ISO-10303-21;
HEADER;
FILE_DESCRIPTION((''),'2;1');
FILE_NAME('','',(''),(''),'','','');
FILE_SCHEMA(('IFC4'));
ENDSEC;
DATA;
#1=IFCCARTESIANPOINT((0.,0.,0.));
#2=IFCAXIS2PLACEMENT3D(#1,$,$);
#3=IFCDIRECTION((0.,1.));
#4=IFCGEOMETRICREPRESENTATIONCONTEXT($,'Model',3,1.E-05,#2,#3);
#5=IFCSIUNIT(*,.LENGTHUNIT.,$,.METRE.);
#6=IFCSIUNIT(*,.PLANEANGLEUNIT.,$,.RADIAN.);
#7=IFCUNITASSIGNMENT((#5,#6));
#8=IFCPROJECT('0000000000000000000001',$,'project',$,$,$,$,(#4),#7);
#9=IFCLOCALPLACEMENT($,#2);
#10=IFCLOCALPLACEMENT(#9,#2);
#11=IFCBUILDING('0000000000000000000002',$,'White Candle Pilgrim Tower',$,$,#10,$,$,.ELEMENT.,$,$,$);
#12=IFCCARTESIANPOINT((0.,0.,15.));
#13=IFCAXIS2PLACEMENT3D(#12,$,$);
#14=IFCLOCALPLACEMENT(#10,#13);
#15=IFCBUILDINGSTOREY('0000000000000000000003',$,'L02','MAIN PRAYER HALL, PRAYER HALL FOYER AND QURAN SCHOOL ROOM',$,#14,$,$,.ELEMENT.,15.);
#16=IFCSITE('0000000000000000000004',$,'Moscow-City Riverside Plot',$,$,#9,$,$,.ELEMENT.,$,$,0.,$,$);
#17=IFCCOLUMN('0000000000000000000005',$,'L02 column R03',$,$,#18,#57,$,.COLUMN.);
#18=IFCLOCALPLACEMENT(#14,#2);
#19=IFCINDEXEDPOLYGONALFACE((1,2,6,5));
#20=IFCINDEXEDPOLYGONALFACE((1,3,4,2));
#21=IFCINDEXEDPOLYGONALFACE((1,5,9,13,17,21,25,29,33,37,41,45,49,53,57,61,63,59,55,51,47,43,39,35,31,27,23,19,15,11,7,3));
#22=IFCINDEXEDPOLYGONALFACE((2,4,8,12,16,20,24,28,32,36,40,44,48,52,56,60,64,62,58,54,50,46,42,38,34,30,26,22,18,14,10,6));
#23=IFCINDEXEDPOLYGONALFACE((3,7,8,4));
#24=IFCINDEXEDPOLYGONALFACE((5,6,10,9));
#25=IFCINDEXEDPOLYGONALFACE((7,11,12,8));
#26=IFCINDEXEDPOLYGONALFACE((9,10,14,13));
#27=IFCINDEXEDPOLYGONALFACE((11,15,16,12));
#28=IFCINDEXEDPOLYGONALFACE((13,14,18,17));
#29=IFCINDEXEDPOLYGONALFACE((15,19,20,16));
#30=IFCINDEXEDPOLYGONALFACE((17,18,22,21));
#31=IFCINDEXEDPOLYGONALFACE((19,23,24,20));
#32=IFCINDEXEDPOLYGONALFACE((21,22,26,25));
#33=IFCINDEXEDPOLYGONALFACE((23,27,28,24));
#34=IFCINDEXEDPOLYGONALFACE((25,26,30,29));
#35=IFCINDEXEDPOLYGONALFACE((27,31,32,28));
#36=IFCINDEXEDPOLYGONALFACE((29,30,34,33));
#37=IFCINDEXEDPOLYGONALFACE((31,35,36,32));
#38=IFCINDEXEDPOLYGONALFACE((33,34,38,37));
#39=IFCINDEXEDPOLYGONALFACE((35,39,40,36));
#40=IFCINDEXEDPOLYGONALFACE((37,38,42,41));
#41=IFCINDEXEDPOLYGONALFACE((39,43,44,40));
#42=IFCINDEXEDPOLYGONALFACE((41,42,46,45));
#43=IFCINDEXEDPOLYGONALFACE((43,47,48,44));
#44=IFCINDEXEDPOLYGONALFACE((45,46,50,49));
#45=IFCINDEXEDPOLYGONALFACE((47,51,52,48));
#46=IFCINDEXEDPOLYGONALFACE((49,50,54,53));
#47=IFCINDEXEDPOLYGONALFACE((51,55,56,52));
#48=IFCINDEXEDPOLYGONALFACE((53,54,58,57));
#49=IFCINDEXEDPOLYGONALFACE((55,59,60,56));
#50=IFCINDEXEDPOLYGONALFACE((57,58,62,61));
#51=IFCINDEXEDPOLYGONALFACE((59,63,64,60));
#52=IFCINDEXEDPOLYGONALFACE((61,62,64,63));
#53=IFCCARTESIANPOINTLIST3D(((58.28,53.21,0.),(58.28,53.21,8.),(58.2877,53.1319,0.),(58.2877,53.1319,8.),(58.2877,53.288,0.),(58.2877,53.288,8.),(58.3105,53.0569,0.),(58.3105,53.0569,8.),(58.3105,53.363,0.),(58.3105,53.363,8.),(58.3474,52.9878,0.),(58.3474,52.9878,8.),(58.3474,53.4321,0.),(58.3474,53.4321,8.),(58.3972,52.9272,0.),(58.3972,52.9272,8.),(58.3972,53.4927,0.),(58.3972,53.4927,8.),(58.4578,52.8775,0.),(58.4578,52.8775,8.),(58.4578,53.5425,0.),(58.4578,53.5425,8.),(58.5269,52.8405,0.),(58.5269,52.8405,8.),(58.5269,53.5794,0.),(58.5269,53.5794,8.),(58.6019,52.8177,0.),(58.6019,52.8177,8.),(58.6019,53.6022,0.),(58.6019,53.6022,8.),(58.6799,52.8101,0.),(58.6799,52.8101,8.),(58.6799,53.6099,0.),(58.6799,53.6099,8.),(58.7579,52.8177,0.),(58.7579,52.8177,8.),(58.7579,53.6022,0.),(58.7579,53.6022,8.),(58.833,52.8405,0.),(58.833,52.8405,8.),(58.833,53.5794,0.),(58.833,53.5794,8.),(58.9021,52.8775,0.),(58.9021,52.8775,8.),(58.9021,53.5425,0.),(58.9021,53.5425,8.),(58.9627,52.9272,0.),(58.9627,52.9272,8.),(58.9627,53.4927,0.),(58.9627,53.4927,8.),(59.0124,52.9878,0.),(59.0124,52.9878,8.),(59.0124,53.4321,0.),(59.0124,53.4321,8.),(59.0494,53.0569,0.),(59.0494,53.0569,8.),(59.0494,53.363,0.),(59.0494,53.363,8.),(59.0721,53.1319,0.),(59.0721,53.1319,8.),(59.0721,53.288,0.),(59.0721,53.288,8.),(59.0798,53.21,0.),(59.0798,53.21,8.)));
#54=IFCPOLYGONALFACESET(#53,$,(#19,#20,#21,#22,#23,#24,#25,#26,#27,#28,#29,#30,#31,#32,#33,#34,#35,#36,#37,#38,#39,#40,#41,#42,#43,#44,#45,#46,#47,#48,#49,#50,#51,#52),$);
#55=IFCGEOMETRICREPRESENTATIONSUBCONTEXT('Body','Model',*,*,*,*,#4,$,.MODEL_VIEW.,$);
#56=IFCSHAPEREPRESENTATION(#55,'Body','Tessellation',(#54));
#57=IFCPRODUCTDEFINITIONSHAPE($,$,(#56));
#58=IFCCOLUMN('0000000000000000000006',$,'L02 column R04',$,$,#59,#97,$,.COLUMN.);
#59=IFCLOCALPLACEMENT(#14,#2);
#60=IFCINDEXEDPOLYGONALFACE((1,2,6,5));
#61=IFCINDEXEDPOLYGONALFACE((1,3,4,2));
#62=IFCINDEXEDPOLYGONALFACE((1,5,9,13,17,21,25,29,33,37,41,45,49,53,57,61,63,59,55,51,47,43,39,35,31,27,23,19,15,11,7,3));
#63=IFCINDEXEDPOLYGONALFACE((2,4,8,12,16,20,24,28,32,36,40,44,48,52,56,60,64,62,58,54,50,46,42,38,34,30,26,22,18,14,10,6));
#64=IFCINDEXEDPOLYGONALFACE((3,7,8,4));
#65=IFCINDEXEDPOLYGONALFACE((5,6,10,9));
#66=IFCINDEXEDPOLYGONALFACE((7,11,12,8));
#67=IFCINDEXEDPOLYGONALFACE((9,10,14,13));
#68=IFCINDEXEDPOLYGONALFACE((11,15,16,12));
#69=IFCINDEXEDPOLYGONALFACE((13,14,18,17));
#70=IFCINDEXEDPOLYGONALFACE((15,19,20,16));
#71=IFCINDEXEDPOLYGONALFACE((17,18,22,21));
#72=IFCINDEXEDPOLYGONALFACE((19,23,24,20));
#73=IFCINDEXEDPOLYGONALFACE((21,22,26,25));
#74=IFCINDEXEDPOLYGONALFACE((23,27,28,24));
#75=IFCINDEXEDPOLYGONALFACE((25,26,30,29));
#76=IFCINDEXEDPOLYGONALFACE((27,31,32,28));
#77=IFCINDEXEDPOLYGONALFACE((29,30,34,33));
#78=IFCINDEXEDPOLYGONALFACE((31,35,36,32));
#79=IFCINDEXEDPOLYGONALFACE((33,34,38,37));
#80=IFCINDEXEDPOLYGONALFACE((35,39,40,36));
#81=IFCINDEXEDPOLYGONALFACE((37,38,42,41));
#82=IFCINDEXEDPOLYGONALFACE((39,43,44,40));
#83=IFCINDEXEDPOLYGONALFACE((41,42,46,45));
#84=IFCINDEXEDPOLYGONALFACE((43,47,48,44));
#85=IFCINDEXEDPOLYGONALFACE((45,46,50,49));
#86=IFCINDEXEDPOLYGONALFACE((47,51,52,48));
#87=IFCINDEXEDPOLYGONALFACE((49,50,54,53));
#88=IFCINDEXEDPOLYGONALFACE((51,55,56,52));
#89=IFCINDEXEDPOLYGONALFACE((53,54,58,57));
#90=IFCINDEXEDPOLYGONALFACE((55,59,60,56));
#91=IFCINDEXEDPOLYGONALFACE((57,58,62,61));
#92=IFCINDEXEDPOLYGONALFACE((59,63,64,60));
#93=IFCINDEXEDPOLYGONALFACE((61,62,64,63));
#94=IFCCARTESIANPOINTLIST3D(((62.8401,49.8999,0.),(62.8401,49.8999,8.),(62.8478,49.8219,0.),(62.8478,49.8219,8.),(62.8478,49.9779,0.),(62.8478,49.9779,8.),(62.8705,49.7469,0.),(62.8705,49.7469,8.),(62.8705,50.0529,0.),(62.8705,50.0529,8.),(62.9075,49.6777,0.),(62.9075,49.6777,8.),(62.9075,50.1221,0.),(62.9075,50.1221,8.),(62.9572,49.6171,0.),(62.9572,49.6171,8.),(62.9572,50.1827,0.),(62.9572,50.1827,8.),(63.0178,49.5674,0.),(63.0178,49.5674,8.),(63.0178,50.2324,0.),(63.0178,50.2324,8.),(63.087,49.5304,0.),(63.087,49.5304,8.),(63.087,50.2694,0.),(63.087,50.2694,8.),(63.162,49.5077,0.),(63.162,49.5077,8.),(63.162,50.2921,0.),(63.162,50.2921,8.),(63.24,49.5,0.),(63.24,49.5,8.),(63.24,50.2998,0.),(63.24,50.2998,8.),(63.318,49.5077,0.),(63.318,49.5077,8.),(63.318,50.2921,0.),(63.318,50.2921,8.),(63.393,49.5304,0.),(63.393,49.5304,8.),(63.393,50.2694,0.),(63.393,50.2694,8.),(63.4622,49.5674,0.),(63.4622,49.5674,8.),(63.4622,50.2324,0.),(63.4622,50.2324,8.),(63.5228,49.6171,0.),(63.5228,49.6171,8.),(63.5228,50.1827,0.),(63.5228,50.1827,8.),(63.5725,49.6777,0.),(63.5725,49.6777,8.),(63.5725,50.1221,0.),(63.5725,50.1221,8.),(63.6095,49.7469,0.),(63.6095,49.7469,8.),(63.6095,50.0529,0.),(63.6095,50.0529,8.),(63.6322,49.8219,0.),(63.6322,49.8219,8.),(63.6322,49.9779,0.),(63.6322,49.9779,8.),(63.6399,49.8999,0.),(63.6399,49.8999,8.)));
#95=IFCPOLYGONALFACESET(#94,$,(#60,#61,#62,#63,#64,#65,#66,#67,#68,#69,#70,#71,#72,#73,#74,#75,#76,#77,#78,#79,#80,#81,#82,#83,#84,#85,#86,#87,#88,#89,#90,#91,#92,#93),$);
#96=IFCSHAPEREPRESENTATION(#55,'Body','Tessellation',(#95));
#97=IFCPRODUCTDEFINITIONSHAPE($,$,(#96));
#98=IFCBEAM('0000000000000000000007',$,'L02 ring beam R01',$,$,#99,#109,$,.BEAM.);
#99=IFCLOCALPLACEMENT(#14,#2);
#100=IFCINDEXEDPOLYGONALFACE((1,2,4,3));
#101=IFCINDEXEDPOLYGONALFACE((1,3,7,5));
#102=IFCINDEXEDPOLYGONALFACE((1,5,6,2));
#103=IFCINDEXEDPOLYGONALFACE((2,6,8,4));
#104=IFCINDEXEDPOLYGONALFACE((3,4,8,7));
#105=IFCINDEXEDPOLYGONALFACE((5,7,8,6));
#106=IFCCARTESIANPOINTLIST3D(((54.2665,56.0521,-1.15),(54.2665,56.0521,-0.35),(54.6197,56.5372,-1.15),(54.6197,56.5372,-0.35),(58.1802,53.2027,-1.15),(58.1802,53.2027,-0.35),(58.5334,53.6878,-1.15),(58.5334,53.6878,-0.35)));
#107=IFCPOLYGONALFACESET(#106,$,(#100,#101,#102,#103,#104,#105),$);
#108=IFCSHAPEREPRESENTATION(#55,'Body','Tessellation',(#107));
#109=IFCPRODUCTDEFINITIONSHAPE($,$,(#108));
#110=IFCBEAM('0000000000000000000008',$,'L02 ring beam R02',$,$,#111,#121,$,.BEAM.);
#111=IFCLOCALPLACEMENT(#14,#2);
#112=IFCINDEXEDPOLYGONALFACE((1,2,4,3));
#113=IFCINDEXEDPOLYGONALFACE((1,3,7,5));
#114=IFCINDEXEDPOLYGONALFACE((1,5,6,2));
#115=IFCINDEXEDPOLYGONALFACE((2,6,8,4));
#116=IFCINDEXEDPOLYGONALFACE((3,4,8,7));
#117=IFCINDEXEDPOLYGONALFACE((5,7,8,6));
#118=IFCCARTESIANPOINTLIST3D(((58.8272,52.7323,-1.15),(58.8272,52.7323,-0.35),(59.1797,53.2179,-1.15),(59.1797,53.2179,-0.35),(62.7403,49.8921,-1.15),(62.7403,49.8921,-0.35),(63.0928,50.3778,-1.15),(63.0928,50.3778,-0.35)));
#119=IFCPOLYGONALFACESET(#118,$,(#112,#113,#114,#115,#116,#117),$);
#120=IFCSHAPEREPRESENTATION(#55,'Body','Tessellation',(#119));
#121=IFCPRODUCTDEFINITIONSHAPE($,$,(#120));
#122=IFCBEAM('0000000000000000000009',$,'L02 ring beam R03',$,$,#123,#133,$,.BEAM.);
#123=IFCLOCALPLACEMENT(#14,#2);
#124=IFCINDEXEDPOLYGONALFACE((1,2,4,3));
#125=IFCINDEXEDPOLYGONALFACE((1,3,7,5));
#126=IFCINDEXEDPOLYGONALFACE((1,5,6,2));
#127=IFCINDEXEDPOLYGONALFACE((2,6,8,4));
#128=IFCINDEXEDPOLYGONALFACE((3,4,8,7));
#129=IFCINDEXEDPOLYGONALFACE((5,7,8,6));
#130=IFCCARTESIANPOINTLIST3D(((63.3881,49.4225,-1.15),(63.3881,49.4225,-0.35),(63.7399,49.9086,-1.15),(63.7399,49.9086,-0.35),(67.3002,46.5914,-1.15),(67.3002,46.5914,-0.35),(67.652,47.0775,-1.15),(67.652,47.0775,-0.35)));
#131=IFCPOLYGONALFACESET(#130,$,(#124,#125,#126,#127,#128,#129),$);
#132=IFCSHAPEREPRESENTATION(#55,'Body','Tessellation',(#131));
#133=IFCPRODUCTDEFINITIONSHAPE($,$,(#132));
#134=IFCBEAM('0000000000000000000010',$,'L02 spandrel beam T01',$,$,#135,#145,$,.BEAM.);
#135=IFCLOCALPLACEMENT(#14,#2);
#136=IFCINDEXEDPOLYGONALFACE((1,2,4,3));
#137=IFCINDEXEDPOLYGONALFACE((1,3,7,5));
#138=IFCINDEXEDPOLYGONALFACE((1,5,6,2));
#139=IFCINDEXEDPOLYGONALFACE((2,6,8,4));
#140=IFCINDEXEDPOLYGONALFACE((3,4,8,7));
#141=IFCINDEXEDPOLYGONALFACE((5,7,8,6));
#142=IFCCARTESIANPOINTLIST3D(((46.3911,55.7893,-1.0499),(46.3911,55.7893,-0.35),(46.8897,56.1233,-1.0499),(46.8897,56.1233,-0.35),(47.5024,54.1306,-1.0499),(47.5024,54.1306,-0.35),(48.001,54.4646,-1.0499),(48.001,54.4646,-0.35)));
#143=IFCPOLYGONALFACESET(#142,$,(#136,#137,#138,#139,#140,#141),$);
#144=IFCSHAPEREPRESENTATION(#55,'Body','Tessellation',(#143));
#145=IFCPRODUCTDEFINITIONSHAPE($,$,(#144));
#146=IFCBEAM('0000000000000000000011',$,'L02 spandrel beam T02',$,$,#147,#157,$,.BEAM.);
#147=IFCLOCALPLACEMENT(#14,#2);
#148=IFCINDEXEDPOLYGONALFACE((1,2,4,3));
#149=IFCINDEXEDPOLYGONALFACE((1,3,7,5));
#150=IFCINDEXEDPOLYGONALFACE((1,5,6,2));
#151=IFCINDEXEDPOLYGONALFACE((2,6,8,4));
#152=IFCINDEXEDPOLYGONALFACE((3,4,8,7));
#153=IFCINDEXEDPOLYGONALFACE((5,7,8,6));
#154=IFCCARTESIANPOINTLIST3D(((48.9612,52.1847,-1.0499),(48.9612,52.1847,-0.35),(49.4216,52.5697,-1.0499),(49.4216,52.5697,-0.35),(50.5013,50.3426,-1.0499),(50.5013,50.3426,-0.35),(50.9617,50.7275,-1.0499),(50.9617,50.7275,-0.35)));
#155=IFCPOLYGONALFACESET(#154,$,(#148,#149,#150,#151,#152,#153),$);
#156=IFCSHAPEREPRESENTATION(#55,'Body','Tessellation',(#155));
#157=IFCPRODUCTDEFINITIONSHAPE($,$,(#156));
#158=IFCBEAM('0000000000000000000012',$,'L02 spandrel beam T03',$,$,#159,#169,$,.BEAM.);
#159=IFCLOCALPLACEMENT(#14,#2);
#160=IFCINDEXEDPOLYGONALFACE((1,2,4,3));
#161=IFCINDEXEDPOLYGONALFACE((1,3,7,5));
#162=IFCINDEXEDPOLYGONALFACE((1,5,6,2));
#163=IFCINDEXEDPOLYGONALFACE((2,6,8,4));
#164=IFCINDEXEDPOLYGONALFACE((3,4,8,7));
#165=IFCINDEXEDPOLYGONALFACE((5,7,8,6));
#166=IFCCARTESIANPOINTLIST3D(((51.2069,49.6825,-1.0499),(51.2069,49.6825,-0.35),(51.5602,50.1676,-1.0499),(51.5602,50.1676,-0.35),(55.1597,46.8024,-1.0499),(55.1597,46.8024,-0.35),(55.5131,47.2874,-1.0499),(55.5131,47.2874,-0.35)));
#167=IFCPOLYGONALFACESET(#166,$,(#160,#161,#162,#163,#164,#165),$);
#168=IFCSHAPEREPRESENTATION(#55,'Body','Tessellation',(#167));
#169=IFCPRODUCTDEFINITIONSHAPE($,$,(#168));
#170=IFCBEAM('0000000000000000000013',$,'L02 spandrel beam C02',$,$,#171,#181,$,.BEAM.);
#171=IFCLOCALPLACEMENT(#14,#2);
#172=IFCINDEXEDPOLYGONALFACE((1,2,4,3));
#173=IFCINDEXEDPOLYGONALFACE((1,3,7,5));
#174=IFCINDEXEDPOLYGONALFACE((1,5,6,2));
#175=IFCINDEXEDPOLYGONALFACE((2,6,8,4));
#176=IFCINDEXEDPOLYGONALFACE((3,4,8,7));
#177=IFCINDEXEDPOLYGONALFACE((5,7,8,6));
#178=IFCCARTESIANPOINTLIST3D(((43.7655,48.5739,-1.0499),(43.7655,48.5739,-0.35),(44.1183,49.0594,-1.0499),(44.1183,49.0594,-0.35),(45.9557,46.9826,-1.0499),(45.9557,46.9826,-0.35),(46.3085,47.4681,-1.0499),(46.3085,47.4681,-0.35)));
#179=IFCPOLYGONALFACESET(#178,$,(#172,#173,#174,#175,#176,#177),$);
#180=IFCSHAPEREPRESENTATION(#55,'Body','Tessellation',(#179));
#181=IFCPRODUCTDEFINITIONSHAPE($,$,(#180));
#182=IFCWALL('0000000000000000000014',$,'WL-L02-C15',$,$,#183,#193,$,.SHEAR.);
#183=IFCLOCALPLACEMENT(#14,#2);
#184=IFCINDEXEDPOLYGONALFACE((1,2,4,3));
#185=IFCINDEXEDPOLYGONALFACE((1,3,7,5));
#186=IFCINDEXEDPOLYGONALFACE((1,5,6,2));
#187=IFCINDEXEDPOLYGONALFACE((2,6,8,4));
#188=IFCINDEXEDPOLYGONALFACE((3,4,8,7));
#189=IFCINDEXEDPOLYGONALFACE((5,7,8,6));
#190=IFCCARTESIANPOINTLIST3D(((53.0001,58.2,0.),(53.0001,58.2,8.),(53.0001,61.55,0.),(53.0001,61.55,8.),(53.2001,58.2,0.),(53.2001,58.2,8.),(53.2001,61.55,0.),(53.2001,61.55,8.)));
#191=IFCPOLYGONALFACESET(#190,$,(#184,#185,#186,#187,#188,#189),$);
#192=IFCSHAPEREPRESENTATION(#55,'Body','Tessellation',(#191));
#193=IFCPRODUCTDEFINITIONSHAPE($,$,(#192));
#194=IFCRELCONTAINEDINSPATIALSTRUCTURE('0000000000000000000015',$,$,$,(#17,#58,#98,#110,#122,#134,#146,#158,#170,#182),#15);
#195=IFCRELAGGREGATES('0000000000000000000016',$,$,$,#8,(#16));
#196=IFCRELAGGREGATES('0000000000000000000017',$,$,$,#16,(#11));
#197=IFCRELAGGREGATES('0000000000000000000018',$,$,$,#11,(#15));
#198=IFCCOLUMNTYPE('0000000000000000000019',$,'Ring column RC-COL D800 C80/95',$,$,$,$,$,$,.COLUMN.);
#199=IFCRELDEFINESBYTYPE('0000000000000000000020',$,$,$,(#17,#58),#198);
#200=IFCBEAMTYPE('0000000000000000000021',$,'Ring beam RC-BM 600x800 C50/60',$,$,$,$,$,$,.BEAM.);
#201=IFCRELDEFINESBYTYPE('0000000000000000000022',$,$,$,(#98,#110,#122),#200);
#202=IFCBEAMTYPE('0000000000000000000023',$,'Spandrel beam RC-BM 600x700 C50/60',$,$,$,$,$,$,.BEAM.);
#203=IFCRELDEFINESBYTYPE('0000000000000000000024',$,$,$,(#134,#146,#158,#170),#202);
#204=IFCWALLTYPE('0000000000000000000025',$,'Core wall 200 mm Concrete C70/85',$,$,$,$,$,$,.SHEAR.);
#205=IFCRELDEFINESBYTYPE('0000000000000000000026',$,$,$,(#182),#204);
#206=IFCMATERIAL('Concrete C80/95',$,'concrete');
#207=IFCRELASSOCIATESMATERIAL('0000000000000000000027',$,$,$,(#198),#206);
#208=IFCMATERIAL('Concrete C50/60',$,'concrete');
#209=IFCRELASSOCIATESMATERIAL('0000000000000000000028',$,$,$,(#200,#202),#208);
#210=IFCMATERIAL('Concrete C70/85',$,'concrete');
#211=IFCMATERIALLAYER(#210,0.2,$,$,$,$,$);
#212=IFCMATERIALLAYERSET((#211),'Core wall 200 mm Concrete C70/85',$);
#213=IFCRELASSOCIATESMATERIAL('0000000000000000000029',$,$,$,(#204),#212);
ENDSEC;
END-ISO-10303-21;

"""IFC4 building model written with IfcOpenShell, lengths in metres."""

from ifc_helpers import new_model, si_unit, direction, frame, frame_2d, origin, origin_2d, place, context, subcontext, project, spatial, rectangle, circle, extrude, material, layer, layer_set, material_profile, profile_set, type_object, element, save


model = new_model("IFC4")

# Units and contexts
model_context = context("Model", 3, precision=1e-05, world=origin(), true_north=direction((0.0, 1.0)))
body_context = subcontext(model_context, "Body", "Model", "MODEL_VIEW")
ifc_project = project(units=[si_unit("LENGTHUNIT", "METRE"), si_unit("PLANEANGLEUNIT", "RADIAN")], contexts=[model_context])

# Site, building, storey
site_placement = place(None, origin())
site = spatial("IfcSite", under=ifc_project, at=site_placement, Name="Moscow-City Riverside Plot", CompositionType="ELEMENT", RefElevation=0.0)
building_placement = place(site_placement, origin())
building = spatial("IfcBuilding", under=site, at=building_placement, Name="White Candle Pilgrim Tower", CompositionType="ELEMENT")
storey_placement = place(building_placement, frame((0.0, 0.0, 15.0)))
storey = spatial("IfcBuildingStorey", under=building, at=storey_placement, Name="L02", Description="MAIN PRAYER HALL, PRAYER HALL FOYER AND QURAN SCHOOL ROOM", CompositionType="ELEMENT", Elevation=15.0)

# Columns
ifc_material_1 = material(Name="Concrete C80/95", Category="concrete")
ifc_material_profile_1 = material_profile(ifc_material_1, circle(Radius=0.3999, at=origin_2d()), Name="RC-COL D800")
ifc_profile_set_1 = profile_set([ifc_material_profile_1], Name="Concrete C80/95")
column_type_1 = type_object("IfcColumnType", Name="Ring column RC-COL D800 C80/95", PredefinedType="COLUMN", material=ifc_profile_set_1)
for number, where, z_axis, x_axis, name in (
    (1, (58.6799, 53.21, 0.0), (0.0, 0.0, 1.0), (1.0, 0.0, 0.0), "L02 column R03"),
    (2, (63.24, 49.8999, 0.0), (0.0, 0.0, 1.0), (1.0, 0.0, 0.0), "L02 column R04"),
):
    element("IfcColumn", number, at=place(storey_placement, frame(where, z_axis=z_axis, x_axis=x_axis)), inside=storey, type_object=column_type_1, Name=name, PredefinedType="COLUMN", context=body_context, shape_type="SweptSolid", body=[
        extrude(circle(Radius=0.3999, at=origin_2d()), origin(), (0.0, 0.0, 1.0), 8.0),
    ])

# Beams
ifc_material_2 = material(Name="Concrete C50/60", Category="concrete")
ifc_material_profile_2 = material_profile(ifc_material_2, rectangle(XDim=0.6001, YDim=0.8, at=origin_2d()), Name="RC-BM 600x800")
ifc_profile_set_2 = profile_set([ifc_material_profile_2], Name="Concrete C50/60")
beam_type_1 = type_object("IfcBeamType", Name="Ring beam RC-BM 600x800 C50/60", PredefinedType="BEAM", material=ifc_profile_set_2)
beam_1_placement = place(storey_placement, frame((54.4431, 56.2947, -0.75), z_axis=(0.808428, -0.588594, 0.0), x_axis=(0.588594, 0.808428, 0.0)))
element("IfcBeam", 3, at=beam_1_placement, inside=storey, type_object=beam_type_1, Name="L02 ring beam R01", PredefinedType="BEAM", context=body_context, shape_type="SweptSolid", body=[
    extrude(rectangle(XDim=0.6001, YDim=0.8, at=origin_2d()), origin(), (0.0, 0.0, 1.0), 4.8411),
])
beam_2_placement = place(storey_placement, frame((59.0034, 52.9751, -0.75), z_axis=(0.809306, -0.587388, 0.0), x_axis=(0.587388, 0.809306, 0.0)))
element("IfcBeam", 4, at=beam_2_placement, inside=storey, type_object=beam_type_1, Name="L02 ring beam R02", PredefinedType="BEAM", context=body_context, shape_type="SweptSolid", body=[
    extrude(rectangle(XDim=0.6001, YDim=0.8, at=origin_2d()), origin(), (0.0, 0.0, 1.0), 4.8352),
])
beam_3_placement = place(storey_placement, frame((63.564, 49.6655, -0.75), z_axis=(0.810124, -0.586258, 0.0), x_axis=(0.586258, 0.810124, 0.0)))
element("IfcBeam", 5, at=beam_3_placement, inside=storey, type_object=beam_type_1, Name="L02 ring beam R03", PredefinedType="BEAM", context=body_context, shape_type="SweptSolid", body=[
    extrude(rectangle(XDim=0.6001, YDim=0.8, at=origin_2d()), origin(), (0.0, 0.0, 1.0), 4.8291),
])
ifc_material_profile_3 = material_profile(ifc_material_2, rectangle(XDim=0.6001, YDim=0.7, at=origin_2d()), Name="RC-BM 600x700")
ifc_profile_set_3 = profile_set([ifc_material_profile_3], Name="Concrete C50/60")
beam_type_2 = type_object("IfcBeamType", Name="Spandrel beam RC-BM 600x700 C50/60", PredefinedType="BEAM", material=ifc_profile_set_3)
beam_4_placement = place(storey_placement, frame((46.6404, 55.9563, -0.7), z_axis=(0.556618, -0.830769, 0.0), x_axis=(0.830769, 0.556618, 0.0)))
element("IfcBeam", 6, at=beam_4_placement, inside=storey, type_object=beam_type_2, Name="L02 spandrel beam T01", PredefinedType="BEAM", context=body_context, shape_type="SweptSolid", body=[
    extrude(rectangle(XDim=0.6001, YDim=0.7, at=origin_2d()), origin(), (0.0, 0.0, 1.0), 1.9966),
])
beam_5_placement = place(storey_placement, frame((49.1914, 52.3772, -0.7), z_axis=(0.641414, -0.767195, 0.0), x_axis=(0.767195, 0.641414, 0.0)))
element("IfcBeam", 7, at=beam_5_placement, inside=storey, type_object=beam_type_2, Name="L02 spandrel beam T02", PredefinedType="BEAM", context=body_context, shape_type="SweptSolid", body=[
    extrude(rectangle(XDim=0.6001, YDim=0.7, at=origin_2d()), origin(), (0.0, 0.0, 1.0), 2.4011),
])
beam_6_placement = place(storey_placement, frame((51.3835, 49.925, -0.7), z_axis=(0.80822, -0.588881, 0.0), x_axis=(0.588881, 0.80822, 0.0)))
element("IfcBeam", 8, at=beam_6_placement, inside=storey, type_object=beam_type_2, Name="L02 spandrel beam T03", PredefinedType="BEAM", context=body_context, shape_type="SweptSolid", body=[
    extrude(rectangle(XDim=0.6001, YDim=0.7, at=origin_2d()), origin(), (0.0, 0.0, 1.0), 4.8909),
])
beam_7_placement = place(storey_placement, frame((43.9419, 48.8167, -0.7), z_axis=(0.809009, -0.587796, 0.0), x_axis=(0.587796, 0.809009, 0.0)))
element("IfcBeam", 9, at=beam_7_placement, inside=storey, type_object=beam_type_2, Name="L02 spandrel beam C02", PredefinedType="BEAM", context=body_context, shape_type="SweptSolid", body=[
    extrude(rectangle(XDim=0.6001, YDim=0.7, at=origin_2d()), origin(), (0.0, 0.0, 1.0), 2.7073),
])

# Wall
ifc_material_3 = material(Name="Concrete C70/85", Category="concrete")
ifc_layer_1 = layer(ifc_material_3, 0.2)
ifc_layer_set_1 = layer_set([ifc_layer_1], Name="Core wall 200 mm Concrete C70/85")
wall_type_1 = type_object("IfcWallType", Name="Core wall 200 mm Concrete C70/85", PredefinedType="SHEAR", material=ifc_layer_set_1)
wall_1_placement = place(storey_placement, frame((53.1001, 58.2, 0.0), z_axis=(0.0, 0.0, 1.0), x_axis=(0.0, 1.0, 0.0)))
element("IfcWall", 10, at=wall_1_placement, inside=storey, type_object=wall_type_1, Name="WL-L02-C15", PredefinedType="SHEAR", context=body_context, shape_type="SweptSolid", body=[
    extrude(rectangle(XDim=3.3501, YDim=0.2, at=frame_2d((1.675, 0.0))), origin(), (0.0, 0.0, 1.0), 8.0),
])

save(model, "model.ifc")
